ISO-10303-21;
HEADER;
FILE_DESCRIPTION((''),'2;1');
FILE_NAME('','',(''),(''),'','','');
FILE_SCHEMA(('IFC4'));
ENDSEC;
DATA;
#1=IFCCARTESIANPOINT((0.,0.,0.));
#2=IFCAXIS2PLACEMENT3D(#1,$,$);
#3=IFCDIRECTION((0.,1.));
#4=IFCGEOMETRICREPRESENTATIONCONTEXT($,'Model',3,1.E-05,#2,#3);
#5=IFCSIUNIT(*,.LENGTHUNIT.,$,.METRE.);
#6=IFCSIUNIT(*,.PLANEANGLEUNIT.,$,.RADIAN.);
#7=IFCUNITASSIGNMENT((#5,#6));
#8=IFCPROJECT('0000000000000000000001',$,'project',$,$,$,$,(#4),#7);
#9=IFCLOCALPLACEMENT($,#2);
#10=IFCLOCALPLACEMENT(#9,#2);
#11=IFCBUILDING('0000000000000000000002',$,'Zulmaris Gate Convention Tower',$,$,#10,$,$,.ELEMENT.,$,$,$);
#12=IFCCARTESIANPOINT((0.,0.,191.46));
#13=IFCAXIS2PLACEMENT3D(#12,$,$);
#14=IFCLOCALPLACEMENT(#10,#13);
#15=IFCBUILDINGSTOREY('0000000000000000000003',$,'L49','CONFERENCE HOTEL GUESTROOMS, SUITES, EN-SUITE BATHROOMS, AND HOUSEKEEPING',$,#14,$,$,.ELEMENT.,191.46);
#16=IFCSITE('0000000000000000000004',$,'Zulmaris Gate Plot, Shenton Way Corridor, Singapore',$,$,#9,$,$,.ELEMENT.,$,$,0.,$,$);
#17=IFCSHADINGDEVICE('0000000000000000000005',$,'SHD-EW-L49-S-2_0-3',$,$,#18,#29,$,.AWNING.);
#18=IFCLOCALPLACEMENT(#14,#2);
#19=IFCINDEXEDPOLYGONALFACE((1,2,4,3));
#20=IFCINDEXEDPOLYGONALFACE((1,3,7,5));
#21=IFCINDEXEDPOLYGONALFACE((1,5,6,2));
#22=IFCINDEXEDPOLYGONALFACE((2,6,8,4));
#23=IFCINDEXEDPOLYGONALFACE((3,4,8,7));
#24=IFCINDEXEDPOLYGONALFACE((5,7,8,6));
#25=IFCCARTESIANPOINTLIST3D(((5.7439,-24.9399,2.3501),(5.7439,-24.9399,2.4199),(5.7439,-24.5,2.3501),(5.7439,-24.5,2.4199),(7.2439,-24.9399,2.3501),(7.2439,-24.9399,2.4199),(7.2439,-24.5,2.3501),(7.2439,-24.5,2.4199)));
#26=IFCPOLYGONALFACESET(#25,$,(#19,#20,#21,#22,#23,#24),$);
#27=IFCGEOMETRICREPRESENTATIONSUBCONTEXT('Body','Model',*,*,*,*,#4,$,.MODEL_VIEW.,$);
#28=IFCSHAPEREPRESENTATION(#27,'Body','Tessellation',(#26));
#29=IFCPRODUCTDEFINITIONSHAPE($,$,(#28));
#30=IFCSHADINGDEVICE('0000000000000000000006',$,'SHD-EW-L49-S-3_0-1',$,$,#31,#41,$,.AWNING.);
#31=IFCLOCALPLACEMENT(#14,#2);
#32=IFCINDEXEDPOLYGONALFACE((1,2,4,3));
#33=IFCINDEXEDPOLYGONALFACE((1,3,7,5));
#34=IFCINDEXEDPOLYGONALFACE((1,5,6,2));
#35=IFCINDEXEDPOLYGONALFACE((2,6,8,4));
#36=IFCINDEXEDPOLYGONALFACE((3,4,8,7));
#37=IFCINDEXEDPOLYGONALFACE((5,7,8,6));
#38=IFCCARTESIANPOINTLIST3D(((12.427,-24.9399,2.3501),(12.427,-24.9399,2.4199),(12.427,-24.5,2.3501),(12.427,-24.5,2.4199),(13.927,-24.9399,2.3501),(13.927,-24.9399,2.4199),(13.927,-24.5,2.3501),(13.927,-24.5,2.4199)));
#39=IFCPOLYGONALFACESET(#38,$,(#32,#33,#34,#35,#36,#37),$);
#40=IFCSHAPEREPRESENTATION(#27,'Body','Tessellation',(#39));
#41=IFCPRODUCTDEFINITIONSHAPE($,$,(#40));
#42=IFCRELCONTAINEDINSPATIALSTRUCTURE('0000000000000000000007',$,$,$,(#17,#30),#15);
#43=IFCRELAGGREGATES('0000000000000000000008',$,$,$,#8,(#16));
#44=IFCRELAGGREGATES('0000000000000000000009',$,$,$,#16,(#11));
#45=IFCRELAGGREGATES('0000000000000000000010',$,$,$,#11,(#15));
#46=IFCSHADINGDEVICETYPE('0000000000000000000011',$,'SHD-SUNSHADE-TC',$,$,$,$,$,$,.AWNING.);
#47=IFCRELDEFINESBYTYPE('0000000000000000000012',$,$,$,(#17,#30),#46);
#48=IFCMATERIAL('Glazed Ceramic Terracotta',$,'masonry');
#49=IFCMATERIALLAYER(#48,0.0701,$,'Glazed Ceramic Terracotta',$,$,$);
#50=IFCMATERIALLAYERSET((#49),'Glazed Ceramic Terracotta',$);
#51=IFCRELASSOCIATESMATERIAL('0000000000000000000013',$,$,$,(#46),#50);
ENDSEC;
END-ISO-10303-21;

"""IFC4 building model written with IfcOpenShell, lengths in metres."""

from ifc_helpers import new_model, si_unit, direction, frame, frame_2d, origin, place, context, subcontext, project, spatial, rectangle, extrude, material, layer, layer_set, type_object, element, save


model = new_model("IFC4")

# Units and contexts
model_context = context("Model", 3, precision=1e-05, world=origin(), true_north=direction((0.0, 1.0)))
body_context = subcontext(model_context, "Body", "Model", "MODEL_VIEW")
ifc_project = project(units=[si_unit("LENGTHUNIT", "METRE"), si_unit("PLANEANGLEUNIT", "RADIAN")], contexts=[model_context])

# Site, building, storey
site_placement = place(None, origin())
site = spatial("IfcSite", under=ifc_project, at=site_placement, Name="Zulmaris Gate Plot, Shenton Way Corridor, Singapore", CompositionType="ELEMENT", RefElevation=0.0)
building_placement = place(site_placement, origin())
building = spatial("IfcBuilding", under=site, at=building_placement, Name="Zulmaris Gate Convention Tower", CompositionType="ELEMENT")
storey_placement = place(building_placement, frame((0.0, 0.0, 191.46)))
storey = spatial("IfcBuildingStorey", under=building, at=storey_placement, Name="L49", Description="CONFERENCE HOTEL GUESTROOMS, SUITES, EN-SUITE BATHROOMS, AND HOUSEKEEPING", CompositionType="ELEMENT", Elevation=191.46)

# Shading devices
ifc_material_1 = material(Name="Glazed Ceramic Terracotta", Category="masonry")
ifc_layer_1 = layer(ifc_material_1, 0.0701, Name="Glazed Ceramic Terracotta")
ifc_layer_set_1 = layer_set([ifc_layer_1], Name="Glazed Ceramic Terracotta")
shading_device_type = type_object("IfcShadingDeviceType", Name="SHD-SUNSHADE-TC", PredefinedType="AWNING", material=ifc_layer_set_1)
for number, where, z_axis, x_axis, name in (
    (1, (5.7439, -24.72, 2.3501), (0.0, 0.0, 1.0), (1.0, 0.0, 0.0), "SHD-EW-L49-S-2_0-3"),
    (2, (12.427, -24.72, 2.3501), (0.0, 0.0, 1.0), (1.0, 0.0, 0.0), "SHD-EW-L49-S-3_0-1"),
):
    element("IfcShadingDevice", number, at=place(storey_placement, frame(where, z_axis=z_axis, x_axis=x_axis)), inside=storey, type_object=shading_device_type, Name=name, PredefinedType="AWNING", context=body_context, shape_type="SweptSolid", body=[
        extrude(rectangle(XDim=1.5, YDim=0.4399, at=frame_2d((0.75, 0.0))), origin(), (0.0, 0.0, 1.0), 0.0698),
    ])

save(model, "model.ifc")
